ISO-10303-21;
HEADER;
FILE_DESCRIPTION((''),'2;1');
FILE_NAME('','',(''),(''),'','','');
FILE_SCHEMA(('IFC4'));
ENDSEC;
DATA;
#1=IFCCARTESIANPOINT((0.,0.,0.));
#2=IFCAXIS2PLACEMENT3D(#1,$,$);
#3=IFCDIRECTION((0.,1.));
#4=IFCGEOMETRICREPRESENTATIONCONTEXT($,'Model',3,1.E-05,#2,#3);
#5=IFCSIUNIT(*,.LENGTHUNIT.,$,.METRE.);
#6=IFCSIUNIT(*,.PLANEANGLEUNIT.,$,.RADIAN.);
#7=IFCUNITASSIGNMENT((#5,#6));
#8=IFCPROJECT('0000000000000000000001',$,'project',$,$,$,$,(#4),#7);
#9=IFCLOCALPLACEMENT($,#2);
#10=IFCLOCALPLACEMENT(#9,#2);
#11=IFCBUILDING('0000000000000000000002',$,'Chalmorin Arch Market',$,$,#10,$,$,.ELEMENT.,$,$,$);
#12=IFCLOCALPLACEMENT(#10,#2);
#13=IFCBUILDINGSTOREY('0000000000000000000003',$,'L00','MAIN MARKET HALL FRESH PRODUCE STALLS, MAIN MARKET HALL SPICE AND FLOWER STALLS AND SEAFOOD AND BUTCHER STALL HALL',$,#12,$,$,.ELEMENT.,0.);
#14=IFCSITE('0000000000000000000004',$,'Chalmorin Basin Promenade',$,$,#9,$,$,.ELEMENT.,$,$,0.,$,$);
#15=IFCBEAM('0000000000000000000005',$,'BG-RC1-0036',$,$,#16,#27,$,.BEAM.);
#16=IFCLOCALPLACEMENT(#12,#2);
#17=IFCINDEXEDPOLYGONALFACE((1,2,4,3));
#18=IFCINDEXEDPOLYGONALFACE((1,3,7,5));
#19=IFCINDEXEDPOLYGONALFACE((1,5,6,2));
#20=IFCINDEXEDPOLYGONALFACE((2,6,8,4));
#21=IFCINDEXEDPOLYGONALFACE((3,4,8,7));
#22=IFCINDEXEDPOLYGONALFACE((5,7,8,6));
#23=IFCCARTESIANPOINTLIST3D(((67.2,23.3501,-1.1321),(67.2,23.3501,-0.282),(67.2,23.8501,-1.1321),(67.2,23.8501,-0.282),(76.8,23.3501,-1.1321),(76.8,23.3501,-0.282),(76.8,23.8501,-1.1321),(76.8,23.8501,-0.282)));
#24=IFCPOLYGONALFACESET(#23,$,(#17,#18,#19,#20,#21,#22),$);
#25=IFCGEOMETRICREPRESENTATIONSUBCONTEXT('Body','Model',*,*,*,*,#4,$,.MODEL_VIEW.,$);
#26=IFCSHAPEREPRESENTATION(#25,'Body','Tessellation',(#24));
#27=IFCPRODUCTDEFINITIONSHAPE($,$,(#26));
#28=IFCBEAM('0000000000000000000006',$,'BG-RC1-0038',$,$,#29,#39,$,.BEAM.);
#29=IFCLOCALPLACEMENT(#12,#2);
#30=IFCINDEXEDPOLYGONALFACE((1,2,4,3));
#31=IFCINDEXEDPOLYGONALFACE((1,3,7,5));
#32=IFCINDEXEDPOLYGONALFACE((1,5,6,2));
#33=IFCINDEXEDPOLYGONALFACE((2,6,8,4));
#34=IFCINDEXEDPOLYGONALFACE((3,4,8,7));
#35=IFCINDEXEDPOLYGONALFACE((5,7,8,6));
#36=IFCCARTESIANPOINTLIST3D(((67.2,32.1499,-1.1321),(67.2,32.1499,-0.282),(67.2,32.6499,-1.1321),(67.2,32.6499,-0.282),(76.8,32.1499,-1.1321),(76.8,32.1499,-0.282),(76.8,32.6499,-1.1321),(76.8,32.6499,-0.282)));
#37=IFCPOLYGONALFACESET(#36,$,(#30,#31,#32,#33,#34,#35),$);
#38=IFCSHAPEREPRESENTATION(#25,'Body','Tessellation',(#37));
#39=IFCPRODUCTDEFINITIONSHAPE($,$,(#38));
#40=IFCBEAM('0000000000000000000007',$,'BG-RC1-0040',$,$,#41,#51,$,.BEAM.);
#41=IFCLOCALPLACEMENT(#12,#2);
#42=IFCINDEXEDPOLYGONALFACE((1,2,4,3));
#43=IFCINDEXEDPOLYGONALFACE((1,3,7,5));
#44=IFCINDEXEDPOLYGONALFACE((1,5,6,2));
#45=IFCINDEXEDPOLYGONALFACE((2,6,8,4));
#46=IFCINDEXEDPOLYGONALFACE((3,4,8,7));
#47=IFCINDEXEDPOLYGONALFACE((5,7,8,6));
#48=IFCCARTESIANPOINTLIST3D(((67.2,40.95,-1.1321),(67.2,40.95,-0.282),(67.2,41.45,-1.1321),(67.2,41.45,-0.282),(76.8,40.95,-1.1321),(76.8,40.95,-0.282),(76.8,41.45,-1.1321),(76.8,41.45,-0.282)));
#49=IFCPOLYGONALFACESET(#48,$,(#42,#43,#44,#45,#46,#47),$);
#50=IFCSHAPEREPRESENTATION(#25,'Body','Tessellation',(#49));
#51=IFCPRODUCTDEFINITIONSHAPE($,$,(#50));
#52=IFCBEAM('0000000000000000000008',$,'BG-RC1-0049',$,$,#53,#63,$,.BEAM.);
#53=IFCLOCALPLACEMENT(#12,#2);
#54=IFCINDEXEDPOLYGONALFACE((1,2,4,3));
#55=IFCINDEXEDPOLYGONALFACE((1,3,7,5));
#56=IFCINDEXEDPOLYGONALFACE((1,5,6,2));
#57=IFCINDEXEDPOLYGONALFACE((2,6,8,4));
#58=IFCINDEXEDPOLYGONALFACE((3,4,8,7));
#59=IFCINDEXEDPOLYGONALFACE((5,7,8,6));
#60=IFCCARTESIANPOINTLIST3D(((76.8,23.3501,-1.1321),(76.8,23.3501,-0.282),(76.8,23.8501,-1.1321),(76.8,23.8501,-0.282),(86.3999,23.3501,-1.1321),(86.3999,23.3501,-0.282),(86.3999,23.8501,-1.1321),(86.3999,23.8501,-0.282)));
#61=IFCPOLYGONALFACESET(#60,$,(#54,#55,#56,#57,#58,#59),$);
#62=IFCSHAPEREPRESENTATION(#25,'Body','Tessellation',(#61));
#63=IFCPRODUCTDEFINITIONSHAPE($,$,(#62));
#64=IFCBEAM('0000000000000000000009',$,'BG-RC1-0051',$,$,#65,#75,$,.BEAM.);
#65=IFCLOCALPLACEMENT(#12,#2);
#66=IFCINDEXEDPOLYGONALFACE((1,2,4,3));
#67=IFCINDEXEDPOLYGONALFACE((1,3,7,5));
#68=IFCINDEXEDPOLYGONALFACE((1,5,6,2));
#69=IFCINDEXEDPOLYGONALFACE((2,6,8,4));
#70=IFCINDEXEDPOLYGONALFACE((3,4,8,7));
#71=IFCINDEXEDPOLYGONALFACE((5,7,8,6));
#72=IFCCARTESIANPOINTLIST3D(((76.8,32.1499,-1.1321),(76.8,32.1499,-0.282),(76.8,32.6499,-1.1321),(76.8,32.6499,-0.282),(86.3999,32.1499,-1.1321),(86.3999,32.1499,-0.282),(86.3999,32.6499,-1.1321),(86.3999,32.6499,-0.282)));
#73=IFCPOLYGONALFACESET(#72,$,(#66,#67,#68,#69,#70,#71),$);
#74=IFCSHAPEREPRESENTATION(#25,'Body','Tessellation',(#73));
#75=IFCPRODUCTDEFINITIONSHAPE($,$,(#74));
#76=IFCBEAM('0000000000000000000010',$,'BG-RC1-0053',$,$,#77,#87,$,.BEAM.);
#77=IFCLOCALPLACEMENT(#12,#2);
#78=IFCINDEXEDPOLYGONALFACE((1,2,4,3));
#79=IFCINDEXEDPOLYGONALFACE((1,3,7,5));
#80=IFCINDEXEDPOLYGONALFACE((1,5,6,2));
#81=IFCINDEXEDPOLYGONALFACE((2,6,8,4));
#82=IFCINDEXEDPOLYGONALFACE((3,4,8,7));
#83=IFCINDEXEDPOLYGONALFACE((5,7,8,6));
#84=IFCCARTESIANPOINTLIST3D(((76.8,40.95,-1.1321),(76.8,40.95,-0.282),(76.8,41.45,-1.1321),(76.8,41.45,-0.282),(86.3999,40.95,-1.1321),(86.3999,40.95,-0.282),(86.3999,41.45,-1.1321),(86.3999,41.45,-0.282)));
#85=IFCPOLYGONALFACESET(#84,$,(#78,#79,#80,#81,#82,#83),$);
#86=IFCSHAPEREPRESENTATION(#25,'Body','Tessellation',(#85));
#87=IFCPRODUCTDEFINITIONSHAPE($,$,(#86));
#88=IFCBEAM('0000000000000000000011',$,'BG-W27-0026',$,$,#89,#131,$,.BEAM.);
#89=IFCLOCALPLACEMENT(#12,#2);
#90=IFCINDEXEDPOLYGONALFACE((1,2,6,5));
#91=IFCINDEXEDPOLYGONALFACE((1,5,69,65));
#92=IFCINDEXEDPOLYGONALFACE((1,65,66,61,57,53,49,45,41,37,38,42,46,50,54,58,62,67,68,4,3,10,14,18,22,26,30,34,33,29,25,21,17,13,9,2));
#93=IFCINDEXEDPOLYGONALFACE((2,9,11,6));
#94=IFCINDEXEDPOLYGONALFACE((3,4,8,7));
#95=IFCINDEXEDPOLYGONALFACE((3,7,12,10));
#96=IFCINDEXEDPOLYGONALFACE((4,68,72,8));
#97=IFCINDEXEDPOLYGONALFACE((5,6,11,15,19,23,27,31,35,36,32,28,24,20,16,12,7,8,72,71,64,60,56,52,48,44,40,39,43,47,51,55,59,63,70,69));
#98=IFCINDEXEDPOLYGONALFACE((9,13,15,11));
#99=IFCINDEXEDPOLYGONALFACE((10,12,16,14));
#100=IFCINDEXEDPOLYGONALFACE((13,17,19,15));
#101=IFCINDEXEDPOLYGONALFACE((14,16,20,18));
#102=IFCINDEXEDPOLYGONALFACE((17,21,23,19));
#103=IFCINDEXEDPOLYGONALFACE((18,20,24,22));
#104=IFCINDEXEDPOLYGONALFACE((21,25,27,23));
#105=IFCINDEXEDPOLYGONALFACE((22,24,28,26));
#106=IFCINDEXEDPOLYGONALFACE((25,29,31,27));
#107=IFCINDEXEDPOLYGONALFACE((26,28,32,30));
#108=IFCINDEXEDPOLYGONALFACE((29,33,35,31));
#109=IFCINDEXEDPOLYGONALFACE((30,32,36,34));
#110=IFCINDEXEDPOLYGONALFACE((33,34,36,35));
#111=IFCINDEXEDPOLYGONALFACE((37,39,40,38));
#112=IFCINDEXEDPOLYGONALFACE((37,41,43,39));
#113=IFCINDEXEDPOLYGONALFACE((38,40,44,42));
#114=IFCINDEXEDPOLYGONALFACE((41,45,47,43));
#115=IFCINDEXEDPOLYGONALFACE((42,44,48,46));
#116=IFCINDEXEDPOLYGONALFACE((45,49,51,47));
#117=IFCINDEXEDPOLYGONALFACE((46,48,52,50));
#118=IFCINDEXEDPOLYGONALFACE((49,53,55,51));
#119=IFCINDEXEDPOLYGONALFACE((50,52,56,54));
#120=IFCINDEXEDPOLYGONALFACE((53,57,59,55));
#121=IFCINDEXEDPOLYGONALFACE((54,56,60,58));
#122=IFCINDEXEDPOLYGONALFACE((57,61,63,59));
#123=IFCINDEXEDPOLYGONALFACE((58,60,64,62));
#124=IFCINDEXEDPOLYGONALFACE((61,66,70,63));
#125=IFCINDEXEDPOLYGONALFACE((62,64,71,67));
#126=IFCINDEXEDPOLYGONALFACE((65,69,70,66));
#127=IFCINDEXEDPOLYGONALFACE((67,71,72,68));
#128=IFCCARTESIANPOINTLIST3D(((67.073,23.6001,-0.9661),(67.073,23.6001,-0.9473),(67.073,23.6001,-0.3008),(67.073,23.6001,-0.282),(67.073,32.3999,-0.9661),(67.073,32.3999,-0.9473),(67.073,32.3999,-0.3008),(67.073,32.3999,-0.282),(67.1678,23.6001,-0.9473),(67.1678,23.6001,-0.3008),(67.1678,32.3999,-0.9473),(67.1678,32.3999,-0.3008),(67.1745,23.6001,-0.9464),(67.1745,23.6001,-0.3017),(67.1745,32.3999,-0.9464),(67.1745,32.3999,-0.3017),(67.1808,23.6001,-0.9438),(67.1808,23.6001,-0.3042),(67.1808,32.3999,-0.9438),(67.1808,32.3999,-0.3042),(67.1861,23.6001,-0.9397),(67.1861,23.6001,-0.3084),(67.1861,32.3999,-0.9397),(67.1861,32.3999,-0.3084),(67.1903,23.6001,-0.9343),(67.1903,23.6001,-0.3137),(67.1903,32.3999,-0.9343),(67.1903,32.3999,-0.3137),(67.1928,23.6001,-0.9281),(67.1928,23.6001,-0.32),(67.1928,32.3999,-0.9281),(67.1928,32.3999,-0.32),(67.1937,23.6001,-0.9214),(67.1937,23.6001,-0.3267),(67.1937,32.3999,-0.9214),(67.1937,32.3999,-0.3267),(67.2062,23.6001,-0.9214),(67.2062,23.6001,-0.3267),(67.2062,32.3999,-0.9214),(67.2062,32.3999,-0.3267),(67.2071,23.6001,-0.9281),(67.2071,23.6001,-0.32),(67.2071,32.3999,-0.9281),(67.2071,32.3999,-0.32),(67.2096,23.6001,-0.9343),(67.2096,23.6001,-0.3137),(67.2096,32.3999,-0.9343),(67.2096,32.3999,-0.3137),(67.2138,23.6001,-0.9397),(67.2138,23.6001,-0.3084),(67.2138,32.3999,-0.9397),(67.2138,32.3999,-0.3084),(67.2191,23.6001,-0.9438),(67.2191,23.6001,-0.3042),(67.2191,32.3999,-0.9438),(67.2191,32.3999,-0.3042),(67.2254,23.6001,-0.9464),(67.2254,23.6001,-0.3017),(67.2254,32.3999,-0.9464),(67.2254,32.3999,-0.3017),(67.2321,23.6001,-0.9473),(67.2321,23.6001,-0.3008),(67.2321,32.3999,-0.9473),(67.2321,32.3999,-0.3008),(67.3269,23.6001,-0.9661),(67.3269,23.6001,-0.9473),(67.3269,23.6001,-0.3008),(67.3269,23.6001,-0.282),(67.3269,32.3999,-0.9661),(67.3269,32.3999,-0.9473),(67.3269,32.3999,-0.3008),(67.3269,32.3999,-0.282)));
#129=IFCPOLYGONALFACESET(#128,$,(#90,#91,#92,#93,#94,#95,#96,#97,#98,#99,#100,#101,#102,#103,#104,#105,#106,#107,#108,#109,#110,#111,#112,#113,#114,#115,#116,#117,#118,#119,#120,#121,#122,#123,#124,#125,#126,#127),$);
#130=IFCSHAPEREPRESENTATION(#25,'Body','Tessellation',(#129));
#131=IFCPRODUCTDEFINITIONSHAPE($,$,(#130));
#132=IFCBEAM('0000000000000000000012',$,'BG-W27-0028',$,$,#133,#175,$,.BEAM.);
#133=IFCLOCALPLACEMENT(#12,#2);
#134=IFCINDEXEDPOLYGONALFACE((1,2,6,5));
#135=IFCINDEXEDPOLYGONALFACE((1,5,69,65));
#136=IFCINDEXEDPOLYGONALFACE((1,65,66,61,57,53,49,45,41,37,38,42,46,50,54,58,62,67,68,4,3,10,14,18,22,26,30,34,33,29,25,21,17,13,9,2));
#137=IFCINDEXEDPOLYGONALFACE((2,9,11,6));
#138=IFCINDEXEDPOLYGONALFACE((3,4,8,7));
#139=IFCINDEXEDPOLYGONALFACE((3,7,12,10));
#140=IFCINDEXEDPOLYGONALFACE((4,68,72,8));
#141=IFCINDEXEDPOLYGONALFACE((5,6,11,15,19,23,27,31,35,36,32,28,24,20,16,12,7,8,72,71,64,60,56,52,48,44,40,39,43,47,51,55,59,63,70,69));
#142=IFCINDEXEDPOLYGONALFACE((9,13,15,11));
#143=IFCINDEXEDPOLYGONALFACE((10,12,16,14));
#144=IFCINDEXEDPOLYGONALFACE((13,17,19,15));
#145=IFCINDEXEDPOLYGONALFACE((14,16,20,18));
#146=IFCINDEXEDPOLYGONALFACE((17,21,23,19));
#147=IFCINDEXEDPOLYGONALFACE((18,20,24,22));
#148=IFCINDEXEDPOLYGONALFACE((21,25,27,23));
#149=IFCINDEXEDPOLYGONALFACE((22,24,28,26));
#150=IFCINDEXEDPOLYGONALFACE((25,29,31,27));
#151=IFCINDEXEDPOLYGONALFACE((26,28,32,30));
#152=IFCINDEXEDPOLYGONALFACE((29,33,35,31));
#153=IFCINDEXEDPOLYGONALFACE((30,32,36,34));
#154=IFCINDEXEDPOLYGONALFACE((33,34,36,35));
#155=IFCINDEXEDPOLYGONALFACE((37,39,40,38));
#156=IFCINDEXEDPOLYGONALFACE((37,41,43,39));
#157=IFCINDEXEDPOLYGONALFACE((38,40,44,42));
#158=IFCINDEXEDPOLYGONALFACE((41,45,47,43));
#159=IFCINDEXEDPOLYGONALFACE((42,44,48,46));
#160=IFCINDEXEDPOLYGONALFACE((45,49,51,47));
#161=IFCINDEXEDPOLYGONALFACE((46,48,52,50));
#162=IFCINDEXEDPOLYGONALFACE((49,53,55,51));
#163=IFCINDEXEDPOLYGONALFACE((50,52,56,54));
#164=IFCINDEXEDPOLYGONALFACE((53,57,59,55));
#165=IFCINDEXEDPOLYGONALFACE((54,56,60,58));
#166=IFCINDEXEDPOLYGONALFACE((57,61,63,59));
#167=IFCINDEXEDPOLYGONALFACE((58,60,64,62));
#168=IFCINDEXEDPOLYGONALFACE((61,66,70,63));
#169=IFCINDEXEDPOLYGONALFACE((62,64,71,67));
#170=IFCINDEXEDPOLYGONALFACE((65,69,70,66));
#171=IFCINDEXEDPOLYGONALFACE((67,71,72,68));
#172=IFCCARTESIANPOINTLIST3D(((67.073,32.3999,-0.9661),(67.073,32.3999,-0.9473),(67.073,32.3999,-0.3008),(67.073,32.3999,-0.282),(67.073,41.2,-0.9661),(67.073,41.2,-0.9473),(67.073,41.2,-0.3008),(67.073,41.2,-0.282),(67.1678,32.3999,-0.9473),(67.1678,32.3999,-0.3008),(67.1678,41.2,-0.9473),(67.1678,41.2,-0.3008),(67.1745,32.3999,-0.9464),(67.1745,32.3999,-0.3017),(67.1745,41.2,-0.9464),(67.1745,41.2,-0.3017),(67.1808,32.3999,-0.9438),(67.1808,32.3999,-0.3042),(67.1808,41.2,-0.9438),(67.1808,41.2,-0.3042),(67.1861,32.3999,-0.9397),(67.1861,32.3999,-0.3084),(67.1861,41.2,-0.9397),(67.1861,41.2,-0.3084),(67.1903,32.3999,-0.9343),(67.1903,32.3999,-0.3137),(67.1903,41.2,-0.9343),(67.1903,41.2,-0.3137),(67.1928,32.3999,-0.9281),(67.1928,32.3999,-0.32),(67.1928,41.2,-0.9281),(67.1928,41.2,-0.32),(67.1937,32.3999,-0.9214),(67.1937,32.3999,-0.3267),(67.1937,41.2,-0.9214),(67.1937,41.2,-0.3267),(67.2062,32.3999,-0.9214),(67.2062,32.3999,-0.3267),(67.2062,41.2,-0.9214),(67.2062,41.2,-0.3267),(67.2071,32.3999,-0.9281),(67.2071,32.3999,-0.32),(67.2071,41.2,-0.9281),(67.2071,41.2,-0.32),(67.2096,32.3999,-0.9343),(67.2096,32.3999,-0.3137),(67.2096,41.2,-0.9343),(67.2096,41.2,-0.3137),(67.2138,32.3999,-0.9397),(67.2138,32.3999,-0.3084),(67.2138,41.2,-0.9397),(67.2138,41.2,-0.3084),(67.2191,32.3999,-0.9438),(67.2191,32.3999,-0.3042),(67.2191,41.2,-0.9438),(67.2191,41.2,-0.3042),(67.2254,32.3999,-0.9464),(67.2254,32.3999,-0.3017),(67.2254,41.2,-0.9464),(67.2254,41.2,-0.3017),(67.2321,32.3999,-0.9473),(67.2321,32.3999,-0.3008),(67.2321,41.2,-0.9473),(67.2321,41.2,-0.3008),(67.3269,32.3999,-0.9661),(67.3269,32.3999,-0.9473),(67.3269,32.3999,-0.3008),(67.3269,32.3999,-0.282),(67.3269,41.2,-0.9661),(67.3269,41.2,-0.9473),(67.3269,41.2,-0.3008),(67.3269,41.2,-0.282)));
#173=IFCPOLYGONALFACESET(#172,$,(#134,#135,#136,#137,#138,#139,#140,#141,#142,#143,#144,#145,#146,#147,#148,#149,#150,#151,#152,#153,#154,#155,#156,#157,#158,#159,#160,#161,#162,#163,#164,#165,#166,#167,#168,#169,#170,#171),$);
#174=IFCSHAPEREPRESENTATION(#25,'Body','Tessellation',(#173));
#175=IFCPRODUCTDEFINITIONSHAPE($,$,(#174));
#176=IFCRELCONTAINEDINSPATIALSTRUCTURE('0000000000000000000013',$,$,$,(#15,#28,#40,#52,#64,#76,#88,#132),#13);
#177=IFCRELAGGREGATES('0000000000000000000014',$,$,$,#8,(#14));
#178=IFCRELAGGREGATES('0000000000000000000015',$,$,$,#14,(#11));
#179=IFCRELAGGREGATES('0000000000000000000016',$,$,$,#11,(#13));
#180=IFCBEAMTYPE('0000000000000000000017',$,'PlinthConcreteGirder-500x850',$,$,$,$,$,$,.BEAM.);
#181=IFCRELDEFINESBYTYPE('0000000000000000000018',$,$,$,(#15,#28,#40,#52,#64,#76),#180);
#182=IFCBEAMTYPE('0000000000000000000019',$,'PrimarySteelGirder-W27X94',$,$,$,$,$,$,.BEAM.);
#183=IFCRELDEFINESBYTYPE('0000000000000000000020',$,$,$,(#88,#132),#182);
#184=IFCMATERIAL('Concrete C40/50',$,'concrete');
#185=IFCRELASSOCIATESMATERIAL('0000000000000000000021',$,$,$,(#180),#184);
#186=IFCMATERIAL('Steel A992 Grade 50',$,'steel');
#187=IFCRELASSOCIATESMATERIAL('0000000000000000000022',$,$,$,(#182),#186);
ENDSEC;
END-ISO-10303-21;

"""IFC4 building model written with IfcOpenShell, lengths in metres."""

from ifc_helpers import new_model, si_unit, direction, frame, origin, origin_2d, place, context, subcontext, project, spatial, rectangle, i_section, extrude, material, material_profile, profile_set, type_object, element, save


model = new_model("IFC4")

# Units and contexts
model_context = context("Model", 3, precision=1e-05, world=origin(), true_north=direction((0.0, 1.0)))
body_context = subcontext(model_context, "Body", "Model", "MODEL_VIEW")
ifc_project = project(units=[si_unit("LENGTHUNIT", "METRE"), si_unit("PLANEANGLEUNIT", "RADIAN")], contexts=[model_context])

# Site, building, storey
site_placement = place(None, origin())
site = spatial("IfcSite", under=ifc_project, at=site_placement, Name="Chalmorin Basin Promenade", CompositionType="ELEMENT", RefElevation=0.0)
building_placement = place(site_placement, origin())
building = spatial("IfcBuilding", under=site, at=building_placement, Name="Chalmorin Arch Market", CompositionType="ELEMENT")
storey_placement = place(building_placement, origin())
storey = spatial("IfcBuildingStorey", under=building, at=storey_placement, Name="L00", Description="MAIN MARKET HALL FRESH PRODUCE STALLS, MAIN MARKET HALL SPICE AND FLOWER STALLS AND SEAFOOD AND BUTCHER STALL HALL", CompositionType="ELEMENT", Elevation=0.0)

# Beams
ifc_material_1 = material(Name="Concrete C40/50", Category="concrete")
ifc_material_profile_1 = material_profile(ifc_material_1, rectangle(XDim=0.5, YDim=0.8501, at=origin_2d()), Name="RC500X850")
ifc_profile_set_1 = profile_set([ifc_material_profile_1], Name="Concrete C40/50")
beam_type_1 = type_object("IfcBeamType", Name="PlinthConcreteGirder-500x850", PredefinedType="BEAM", material=ifc_profile_set_1)
for number, where, z_axis, x_axis, name in (
    (1, (67.2, 23.6001, -0.707), (1.0, 0.0, 0.0), (0.0, 1.0, 0.0), "BG-RC1-0036"),
    (2, (67.2, 32.3999, -0.707), (1.0, 0.0, 0.0), (0.0, 1.0, 0.0), "BG-RC1-0038"),
    (3, (67.2, 41.2, -0.707), (1.0, 0.0, 0.0), (0.0, 1.0, 0.0), "BG-RC1-0040"),
):
    element("IfcBeam", number, at=place(storey_placement, frame(where, z_axis=z_axis, x_axis=x_axis)), inside=storey, type_object=beam_type_1, Name=name, PredefinedType="BEAM", context=body_context, shape_type="SweptSolid", body=[
        extrude(rectangle(XDim=0.5, YDim=0.8501, at=origin_2d()), origin(), (0.0, 0.0, 1.0), 9.6001),
    ])
for number, where, z_axis, x_axis, name in (
    (4, (76.8, 23.6001, -0.707), (1.0, 0.0, 0.0), (0.0, 1.0, 0.0), "BG-RC1-0049"),
    (5, (76.8, 32.3999, -0.707), (1.0, 0.0, 0.0), (0.0, 1.0, 0.0), "BG-RC1-0051"),
    (6, (76.8, 41.2, -0.707), (1.0, 0.0, 0.0), (0.0, 1.0, 0.0), "BG-RC1-0053"),
):
    element("IfcBeam", number, at=place(storey_placement, frame(where, z_axis=z_axis, x_axis=x_axis)), inside=storey, type_object=beam_type_1, Name=name, PredefinedType="BEAM", context=body_context, shape_type="SweptSolid", body=[
        extrude(rectangle(XDim=0.5, YDim=0.8501, at=origin_2d()), origin(), (0.0, 0.0, 1.0), 9.5999),
    ])
ifc_material_2 = material(Name="Steel A992 Grade 50", Category="steel")
ifc_material_profile_2 = material_profile(ifc_material_2, i_section(OverallWidth=0.2539, OverallDepth=0.6841, WebThickness=0.0125, FlangeThickness=0.0188, FilletRadius=0.0259, at=origin_2d()), Name="W27X94")
ifc_profile_set_2 = profile_set([ifc_material_profile_2], Name="Steel A992 Grade 50")
beam_type_2 = type_object("IfcBeamType", Name="PrimarySteelGirder-W27X94", PredefinedType="BEAM", material=ifc_profile_set_2)
beam_1_placement = place(storey_placement, frame((67.2, 23.6001, -0.624), z_axis=(0.0, 1.0, 0.0), x_axis=(-1.0, 0.0, 0.0)))
element("IfcBeam", 7, at=beam_1_placement, inside=storey, type_object=beam_type_2, Name="BG-W27-0026", PredefinedType="BEAM", context=body_context, shape_type="SweptSolid", body=[
    extrude(i_section(OverallWidth=0.2539, OverallDepth=0.6841, WebThickness=0.0125, FlangeThickness=0.0188, FilletRadius=0.0259, at=origin_2d()), origin(), (0.0, 0.0, 1.0), 8.7998),
])
for number, where, z_axis, x_axis, name in (
    (8, (67.2, 32.3999, -0.624), (0.0, 1.0, 0.0), (-1.0, 0.0, 0.0), "BG-W27-0028"),
):
    element("IfcBeam", number, at=place(storey_placement, frame(where, z_axis=z_axis, x_axis=x_axis)), inside=storey, type_object=beam_type_2, Name=name, PredefinedType="BEAM", context=body_context, shape_type="SweptSolid", body=[
        extrude(i_section(OverallWidth=0.2539, OverallDepth=0.6841, WebThickness=0.0125, FlangeThickness=0.0188, FilletRadius=0.0259, at=origin_2d()), origin(), (0.0, 0.0, 1.0), 8.8),
    ])

save(model, "model.ifc")
